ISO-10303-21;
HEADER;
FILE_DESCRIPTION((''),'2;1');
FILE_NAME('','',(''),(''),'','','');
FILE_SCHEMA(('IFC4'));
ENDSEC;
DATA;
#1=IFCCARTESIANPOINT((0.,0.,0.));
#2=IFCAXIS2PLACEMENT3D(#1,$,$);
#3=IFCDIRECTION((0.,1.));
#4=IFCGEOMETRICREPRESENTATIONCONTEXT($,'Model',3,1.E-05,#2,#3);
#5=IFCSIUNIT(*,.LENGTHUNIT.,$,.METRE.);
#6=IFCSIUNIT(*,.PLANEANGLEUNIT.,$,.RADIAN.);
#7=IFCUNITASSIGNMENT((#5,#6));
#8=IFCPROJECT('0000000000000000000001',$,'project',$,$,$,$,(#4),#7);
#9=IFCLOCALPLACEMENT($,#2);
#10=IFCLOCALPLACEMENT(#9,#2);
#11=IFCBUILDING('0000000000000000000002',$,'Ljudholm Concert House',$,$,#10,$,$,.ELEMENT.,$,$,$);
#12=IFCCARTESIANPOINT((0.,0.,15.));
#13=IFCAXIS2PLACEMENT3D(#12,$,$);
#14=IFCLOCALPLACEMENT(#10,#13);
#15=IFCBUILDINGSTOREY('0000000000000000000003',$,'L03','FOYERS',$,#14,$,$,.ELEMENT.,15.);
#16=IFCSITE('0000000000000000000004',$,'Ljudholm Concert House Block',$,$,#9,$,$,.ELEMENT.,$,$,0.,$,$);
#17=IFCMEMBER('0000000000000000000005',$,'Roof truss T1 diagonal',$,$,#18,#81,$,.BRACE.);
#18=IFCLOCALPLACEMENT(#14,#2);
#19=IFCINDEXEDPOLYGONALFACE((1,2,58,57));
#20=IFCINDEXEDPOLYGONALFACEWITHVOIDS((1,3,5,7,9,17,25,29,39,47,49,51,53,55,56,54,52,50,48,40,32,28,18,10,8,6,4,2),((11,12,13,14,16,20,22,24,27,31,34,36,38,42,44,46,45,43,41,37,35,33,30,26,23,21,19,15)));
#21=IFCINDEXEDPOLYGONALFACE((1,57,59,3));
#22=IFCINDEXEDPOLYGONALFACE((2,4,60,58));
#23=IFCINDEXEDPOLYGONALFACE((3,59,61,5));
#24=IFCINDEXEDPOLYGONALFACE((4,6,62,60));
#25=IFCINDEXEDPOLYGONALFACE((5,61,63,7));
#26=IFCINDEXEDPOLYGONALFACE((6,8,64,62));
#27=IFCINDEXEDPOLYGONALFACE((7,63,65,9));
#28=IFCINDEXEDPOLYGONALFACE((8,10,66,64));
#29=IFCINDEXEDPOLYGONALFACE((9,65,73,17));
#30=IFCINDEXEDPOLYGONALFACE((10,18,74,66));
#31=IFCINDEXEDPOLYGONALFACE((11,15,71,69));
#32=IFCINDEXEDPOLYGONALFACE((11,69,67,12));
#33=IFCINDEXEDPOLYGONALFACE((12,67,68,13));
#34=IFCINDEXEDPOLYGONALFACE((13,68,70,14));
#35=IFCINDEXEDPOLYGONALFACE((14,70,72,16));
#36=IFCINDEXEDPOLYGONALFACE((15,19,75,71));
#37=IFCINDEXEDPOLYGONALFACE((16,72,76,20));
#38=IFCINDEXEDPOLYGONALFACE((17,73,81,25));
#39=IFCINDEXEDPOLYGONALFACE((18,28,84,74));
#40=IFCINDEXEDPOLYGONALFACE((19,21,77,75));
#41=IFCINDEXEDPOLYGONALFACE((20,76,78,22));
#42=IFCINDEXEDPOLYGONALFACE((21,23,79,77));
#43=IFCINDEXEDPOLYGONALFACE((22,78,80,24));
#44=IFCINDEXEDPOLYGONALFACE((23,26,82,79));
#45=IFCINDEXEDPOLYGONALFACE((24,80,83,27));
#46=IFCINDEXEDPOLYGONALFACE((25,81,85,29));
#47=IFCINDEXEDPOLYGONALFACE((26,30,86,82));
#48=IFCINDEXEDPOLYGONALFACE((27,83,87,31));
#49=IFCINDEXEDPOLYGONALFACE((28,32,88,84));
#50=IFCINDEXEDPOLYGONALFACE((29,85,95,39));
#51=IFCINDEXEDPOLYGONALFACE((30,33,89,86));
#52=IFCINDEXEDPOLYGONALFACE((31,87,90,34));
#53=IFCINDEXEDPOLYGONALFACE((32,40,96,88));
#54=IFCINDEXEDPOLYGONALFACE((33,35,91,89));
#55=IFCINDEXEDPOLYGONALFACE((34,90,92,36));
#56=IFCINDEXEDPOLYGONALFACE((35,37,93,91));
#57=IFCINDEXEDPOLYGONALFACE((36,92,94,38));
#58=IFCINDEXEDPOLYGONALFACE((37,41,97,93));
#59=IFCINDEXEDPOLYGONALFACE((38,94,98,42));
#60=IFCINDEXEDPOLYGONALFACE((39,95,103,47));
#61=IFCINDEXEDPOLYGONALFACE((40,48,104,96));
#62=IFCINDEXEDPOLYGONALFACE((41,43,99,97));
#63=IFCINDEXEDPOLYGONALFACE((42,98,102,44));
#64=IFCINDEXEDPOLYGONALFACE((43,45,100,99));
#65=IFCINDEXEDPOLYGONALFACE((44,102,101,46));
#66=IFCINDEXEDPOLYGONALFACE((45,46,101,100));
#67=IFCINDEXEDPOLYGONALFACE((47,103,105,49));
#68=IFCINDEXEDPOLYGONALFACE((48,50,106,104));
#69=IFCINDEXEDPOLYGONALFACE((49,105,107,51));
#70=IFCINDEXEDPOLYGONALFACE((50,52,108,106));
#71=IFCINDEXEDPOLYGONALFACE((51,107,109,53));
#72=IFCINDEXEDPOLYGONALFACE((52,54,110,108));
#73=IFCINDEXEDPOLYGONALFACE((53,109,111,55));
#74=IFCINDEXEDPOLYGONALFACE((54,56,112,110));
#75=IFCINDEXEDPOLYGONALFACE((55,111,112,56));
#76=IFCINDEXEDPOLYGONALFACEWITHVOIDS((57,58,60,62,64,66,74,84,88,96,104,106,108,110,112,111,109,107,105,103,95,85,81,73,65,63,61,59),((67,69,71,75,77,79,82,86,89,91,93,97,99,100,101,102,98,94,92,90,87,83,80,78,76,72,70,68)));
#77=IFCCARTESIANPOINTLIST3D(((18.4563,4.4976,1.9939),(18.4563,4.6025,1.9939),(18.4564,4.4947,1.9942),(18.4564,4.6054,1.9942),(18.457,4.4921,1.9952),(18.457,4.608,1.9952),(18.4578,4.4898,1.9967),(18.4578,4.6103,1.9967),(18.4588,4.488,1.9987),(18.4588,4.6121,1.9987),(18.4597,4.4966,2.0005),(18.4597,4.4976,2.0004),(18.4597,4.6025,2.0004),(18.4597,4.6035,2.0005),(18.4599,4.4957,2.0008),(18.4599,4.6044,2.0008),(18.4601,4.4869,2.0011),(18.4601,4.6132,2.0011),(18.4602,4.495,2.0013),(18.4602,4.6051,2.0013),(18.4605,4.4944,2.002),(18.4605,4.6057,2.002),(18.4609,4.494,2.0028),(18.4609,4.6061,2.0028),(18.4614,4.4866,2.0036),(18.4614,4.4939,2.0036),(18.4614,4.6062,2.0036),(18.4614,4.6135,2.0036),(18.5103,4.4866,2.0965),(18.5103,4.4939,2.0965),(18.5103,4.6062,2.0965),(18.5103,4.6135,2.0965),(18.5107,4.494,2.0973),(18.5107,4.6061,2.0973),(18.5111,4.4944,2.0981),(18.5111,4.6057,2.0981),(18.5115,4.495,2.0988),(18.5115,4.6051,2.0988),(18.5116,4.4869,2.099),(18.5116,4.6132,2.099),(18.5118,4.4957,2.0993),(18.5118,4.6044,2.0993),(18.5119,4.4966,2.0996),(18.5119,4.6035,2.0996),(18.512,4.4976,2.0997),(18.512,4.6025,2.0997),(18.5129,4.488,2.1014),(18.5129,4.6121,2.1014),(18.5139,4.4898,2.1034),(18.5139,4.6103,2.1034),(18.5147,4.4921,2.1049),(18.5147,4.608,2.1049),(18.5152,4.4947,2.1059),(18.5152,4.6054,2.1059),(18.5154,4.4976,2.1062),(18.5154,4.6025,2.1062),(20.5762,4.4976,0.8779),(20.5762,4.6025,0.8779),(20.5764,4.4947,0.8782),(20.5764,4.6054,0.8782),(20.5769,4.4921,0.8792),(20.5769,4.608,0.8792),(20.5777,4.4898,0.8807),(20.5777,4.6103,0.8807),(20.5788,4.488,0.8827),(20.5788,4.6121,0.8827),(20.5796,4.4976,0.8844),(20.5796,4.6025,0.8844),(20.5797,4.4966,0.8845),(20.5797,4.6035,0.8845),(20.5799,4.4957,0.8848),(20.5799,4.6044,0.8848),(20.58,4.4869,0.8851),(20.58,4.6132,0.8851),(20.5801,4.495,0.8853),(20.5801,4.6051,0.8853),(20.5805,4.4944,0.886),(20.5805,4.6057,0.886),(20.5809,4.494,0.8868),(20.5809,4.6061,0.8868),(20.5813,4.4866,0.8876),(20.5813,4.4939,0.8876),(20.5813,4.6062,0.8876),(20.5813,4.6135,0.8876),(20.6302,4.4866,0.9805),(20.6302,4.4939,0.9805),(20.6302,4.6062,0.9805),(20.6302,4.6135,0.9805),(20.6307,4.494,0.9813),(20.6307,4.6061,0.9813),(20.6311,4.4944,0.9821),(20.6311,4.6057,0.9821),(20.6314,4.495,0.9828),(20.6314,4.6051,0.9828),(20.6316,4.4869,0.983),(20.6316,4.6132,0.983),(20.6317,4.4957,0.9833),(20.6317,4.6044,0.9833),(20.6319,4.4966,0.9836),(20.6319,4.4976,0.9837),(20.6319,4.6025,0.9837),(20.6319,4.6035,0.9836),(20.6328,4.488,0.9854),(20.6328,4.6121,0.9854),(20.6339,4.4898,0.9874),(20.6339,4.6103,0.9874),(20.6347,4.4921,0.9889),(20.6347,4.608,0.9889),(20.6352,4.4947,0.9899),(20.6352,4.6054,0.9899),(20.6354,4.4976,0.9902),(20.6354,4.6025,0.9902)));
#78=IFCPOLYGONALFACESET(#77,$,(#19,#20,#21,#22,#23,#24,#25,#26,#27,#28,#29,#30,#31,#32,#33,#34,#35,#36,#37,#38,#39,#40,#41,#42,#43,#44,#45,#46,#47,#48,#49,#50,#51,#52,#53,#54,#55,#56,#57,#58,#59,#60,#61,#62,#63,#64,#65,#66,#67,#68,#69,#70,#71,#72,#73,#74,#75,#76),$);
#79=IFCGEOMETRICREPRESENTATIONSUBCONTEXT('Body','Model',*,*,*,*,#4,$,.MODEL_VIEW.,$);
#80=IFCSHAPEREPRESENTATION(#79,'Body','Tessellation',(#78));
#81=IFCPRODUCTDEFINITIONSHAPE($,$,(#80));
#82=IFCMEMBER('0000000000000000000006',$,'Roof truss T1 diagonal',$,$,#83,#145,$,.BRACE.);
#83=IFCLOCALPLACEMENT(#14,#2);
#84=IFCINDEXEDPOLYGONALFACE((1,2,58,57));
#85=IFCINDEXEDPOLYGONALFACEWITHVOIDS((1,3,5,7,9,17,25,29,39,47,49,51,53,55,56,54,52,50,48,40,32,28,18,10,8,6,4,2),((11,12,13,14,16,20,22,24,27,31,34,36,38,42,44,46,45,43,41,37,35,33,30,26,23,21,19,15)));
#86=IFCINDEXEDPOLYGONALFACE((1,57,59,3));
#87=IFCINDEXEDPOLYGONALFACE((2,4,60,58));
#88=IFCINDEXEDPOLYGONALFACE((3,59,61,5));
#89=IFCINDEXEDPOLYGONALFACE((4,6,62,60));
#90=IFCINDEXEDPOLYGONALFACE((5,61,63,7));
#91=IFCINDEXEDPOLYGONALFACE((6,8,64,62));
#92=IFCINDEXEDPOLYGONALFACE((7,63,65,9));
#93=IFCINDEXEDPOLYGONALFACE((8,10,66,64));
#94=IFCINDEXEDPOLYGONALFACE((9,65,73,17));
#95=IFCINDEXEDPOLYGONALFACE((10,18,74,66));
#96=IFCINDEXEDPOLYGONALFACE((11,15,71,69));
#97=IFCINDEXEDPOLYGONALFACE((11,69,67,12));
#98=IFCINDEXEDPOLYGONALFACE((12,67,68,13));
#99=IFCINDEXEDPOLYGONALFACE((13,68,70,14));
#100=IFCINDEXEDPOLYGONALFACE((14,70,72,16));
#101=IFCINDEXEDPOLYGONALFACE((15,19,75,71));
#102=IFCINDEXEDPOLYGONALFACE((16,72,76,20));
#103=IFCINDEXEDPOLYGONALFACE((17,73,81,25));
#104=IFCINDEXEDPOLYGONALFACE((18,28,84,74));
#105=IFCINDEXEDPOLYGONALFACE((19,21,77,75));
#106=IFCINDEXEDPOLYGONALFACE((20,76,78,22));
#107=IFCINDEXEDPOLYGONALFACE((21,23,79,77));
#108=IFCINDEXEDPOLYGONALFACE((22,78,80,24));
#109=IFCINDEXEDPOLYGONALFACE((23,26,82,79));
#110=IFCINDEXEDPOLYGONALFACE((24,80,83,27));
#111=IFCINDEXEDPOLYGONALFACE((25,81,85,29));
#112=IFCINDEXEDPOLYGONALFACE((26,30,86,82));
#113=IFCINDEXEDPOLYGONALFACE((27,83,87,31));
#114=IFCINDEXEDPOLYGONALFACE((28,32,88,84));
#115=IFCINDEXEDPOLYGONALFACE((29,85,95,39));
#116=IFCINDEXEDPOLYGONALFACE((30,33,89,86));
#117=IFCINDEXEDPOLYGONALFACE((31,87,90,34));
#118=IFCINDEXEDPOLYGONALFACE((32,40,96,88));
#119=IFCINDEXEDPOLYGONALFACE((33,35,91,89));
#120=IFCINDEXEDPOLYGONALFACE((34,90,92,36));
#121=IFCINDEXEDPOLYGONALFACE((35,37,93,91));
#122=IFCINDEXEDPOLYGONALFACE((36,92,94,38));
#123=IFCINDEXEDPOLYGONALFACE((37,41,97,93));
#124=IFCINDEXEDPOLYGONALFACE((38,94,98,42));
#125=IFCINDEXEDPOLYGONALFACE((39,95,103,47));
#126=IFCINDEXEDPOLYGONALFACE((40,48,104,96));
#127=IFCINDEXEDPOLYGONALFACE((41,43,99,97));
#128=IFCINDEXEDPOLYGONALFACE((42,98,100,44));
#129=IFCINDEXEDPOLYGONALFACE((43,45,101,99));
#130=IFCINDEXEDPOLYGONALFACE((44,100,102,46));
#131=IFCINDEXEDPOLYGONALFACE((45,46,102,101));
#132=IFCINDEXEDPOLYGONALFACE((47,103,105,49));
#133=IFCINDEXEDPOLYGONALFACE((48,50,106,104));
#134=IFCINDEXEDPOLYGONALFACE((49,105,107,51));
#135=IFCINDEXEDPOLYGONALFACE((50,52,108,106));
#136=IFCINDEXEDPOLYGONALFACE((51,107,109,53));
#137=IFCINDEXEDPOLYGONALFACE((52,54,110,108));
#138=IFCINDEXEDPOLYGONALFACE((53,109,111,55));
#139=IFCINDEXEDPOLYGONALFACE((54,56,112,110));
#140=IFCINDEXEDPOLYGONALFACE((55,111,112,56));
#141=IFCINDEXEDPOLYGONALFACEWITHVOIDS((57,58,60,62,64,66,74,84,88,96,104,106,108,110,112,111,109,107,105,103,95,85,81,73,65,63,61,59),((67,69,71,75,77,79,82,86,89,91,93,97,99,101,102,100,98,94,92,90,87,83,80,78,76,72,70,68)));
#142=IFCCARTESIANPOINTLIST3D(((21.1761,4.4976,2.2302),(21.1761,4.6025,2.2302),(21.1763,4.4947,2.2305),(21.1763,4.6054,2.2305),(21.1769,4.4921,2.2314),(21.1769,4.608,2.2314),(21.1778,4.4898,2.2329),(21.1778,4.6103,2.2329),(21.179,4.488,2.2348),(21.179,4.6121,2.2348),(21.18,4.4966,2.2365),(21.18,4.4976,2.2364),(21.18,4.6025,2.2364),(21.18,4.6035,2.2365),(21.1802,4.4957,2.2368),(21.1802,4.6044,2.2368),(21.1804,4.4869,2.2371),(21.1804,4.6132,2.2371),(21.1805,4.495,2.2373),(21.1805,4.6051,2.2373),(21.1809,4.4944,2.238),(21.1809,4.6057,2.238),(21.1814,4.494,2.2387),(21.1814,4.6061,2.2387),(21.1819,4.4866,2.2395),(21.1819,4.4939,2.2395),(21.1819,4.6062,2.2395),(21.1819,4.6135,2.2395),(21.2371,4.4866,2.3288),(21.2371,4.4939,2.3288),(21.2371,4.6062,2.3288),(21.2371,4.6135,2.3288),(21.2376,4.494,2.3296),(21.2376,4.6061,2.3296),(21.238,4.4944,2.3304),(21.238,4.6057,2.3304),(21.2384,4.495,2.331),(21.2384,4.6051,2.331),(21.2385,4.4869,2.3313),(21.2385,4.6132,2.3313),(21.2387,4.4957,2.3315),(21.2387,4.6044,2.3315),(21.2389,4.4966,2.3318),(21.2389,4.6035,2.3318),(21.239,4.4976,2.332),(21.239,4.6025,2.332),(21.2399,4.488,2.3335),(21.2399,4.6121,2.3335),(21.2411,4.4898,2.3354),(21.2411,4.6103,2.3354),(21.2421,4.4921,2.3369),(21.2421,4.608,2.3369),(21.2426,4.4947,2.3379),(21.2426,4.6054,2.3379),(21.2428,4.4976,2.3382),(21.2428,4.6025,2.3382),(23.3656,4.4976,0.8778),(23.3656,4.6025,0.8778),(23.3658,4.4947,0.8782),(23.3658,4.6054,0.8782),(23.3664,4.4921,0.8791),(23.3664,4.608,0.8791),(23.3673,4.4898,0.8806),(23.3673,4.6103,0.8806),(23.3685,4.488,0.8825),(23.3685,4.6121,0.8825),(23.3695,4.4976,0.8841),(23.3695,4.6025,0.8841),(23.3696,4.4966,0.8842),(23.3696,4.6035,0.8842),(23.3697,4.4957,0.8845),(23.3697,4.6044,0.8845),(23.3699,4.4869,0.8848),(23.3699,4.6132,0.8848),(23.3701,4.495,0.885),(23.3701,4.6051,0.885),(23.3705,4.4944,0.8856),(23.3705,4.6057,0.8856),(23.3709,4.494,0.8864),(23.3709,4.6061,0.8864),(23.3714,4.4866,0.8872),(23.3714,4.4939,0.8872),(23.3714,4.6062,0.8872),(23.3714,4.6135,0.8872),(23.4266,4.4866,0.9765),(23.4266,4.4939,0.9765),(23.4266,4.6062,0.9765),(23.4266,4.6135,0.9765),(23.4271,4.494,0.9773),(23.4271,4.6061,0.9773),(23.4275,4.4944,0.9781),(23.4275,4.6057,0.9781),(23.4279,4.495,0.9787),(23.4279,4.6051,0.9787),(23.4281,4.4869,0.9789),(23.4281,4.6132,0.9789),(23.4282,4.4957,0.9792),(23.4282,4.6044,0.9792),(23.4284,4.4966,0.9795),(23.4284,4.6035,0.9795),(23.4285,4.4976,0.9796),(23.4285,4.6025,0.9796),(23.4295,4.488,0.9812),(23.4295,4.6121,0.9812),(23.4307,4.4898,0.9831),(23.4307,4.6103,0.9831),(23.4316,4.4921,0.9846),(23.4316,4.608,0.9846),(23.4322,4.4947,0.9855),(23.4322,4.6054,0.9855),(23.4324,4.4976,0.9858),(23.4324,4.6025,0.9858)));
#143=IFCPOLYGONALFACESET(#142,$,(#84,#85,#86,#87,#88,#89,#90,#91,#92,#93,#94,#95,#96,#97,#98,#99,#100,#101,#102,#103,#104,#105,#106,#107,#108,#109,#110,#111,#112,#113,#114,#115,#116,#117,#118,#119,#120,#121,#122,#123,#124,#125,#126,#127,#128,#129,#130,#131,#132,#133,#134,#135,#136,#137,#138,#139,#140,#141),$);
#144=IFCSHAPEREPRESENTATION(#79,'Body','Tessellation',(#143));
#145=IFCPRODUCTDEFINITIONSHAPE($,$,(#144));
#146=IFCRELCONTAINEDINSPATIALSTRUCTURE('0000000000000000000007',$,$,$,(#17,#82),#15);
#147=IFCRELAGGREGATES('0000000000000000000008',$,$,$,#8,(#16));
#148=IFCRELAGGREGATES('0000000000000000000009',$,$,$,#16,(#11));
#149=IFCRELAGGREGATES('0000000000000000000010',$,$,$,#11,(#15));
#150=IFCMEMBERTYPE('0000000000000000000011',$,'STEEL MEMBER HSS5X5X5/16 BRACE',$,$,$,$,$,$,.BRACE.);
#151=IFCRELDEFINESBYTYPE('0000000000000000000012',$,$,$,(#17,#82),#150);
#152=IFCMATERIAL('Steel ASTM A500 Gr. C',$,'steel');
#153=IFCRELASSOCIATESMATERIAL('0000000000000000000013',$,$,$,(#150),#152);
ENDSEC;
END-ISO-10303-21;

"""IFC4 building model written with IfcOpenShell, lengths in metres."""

from ifc_helpers import new_model, si_unit, direction, frame, origin, origin_2d, place, context, subcontext, project, spatial, hollow_rectangle, extrude, material, material_profile, profile_set, type_object, element, save


model = new_model("IFC4")

# Units and contexts
model_context = context("Model", 3, precision=1e-05, world=origin(), true_north=direction((0.0, 1.0)))
body_context = subcontext(model_context, "Body", "Model", "MODEL_VIEW")
ifc_project = project(units=[si_unit("LENGTHUNIT", "METRE"), si_unit("PLANEANGLEUNIT", "RADIAN")], contexts=[model_context])

# Site, building, storey
site_placement = place(None, origin())
site = spatial("IfcSite", under=ifc_project, at=site_placement, Name="Ljudholm Concert House Block", CompositionType="ELEMENT", RefElevation=0.0)
building_placement = place(site_placement, origin())
building = spatial("IfcBuilding", under=site, at=building_placement, Name="Ljudholm Concert House", CompositionType="ELEMENT")
storey_placement = place(building_placement, frame((0.0, 0.0, 15.0)))
storey = spatial("IfcBuildingStorey", under=building, at=storey_placement, Name="L03", Description="FOYERS", CompositionType="ELEMENT", Elevation=15.0)

# Members
ifc_material_1 = material(Name="Steel ASTM A500 Gr. C", Category="steel")
ifc_material_profile_1 = material_profile(ifc_material_1, hollow_rectangle(XDim=0.127, YDim=0.127, WallThickness=0.0073, InnerFilletRadius=0.0037, OuterFilletRadius=0.011, at=origin_2d()), Name="HSS5X5X5/16")
ifc_profile_set_1 = profile_set([ifc_material_profile_1], Name="Steel ASTM A500 Gr. C")
member_type_1 = type_object("IfcMemberType", Name="STEEL MEMBER HSS5X5X5/16 BRACE", PredefinedType="BRACE", material=ifc_profile_set_1)
member_1_placement = place(storey_placement, frame((18.4858, 4.55, 2.05), z_axis=(0.884876, 0.0, -0.465826), x_axis=(0.0, 1.0, 0.0)))
element("IfcMember", 1, at=member_1_placement, inside=storey, type_object=member_type_1, Name="Roof truss T1 diagonal", PredefinedType="BRACE", context=body_context, shape_type="SweptSolid", body=[
    extrude(hollow_rectangle(XDim=0.127, YDim=0.127, WallThickness=0.0073, InnerFilletRadius=0.0037, OuterFilletRadius=0.011, at=origin_2d()), origin(), (0.0, 0.0, 1.0), 2.3958),
])
member_2_placement = place(storey_placement, frame((21.2095, 4.55, 2.2842), z_axis=(0.8508, 0.0, -0.525489), x_axis=(0.0, 1.0, 0.0)))
element("IfcMember", 2, at=member_2_placement, inside=storey, type_object=member_type_1, Name="Roof truss T1 diagonal", PredefinedType="BRACE", context=body_context, shape_type="SweptSolid", body=[
    extrude(hollow_rectangle(XDim=0.127, YDim=0.127, WallThickness=0.0073, InnerFilletRadius=0.0037, OuterFilletRadius=0.011, at=origin_2d()), origin(), (0.0, 0.0, 1.0), 2.5735),
])

save(model, "model.ifc")
